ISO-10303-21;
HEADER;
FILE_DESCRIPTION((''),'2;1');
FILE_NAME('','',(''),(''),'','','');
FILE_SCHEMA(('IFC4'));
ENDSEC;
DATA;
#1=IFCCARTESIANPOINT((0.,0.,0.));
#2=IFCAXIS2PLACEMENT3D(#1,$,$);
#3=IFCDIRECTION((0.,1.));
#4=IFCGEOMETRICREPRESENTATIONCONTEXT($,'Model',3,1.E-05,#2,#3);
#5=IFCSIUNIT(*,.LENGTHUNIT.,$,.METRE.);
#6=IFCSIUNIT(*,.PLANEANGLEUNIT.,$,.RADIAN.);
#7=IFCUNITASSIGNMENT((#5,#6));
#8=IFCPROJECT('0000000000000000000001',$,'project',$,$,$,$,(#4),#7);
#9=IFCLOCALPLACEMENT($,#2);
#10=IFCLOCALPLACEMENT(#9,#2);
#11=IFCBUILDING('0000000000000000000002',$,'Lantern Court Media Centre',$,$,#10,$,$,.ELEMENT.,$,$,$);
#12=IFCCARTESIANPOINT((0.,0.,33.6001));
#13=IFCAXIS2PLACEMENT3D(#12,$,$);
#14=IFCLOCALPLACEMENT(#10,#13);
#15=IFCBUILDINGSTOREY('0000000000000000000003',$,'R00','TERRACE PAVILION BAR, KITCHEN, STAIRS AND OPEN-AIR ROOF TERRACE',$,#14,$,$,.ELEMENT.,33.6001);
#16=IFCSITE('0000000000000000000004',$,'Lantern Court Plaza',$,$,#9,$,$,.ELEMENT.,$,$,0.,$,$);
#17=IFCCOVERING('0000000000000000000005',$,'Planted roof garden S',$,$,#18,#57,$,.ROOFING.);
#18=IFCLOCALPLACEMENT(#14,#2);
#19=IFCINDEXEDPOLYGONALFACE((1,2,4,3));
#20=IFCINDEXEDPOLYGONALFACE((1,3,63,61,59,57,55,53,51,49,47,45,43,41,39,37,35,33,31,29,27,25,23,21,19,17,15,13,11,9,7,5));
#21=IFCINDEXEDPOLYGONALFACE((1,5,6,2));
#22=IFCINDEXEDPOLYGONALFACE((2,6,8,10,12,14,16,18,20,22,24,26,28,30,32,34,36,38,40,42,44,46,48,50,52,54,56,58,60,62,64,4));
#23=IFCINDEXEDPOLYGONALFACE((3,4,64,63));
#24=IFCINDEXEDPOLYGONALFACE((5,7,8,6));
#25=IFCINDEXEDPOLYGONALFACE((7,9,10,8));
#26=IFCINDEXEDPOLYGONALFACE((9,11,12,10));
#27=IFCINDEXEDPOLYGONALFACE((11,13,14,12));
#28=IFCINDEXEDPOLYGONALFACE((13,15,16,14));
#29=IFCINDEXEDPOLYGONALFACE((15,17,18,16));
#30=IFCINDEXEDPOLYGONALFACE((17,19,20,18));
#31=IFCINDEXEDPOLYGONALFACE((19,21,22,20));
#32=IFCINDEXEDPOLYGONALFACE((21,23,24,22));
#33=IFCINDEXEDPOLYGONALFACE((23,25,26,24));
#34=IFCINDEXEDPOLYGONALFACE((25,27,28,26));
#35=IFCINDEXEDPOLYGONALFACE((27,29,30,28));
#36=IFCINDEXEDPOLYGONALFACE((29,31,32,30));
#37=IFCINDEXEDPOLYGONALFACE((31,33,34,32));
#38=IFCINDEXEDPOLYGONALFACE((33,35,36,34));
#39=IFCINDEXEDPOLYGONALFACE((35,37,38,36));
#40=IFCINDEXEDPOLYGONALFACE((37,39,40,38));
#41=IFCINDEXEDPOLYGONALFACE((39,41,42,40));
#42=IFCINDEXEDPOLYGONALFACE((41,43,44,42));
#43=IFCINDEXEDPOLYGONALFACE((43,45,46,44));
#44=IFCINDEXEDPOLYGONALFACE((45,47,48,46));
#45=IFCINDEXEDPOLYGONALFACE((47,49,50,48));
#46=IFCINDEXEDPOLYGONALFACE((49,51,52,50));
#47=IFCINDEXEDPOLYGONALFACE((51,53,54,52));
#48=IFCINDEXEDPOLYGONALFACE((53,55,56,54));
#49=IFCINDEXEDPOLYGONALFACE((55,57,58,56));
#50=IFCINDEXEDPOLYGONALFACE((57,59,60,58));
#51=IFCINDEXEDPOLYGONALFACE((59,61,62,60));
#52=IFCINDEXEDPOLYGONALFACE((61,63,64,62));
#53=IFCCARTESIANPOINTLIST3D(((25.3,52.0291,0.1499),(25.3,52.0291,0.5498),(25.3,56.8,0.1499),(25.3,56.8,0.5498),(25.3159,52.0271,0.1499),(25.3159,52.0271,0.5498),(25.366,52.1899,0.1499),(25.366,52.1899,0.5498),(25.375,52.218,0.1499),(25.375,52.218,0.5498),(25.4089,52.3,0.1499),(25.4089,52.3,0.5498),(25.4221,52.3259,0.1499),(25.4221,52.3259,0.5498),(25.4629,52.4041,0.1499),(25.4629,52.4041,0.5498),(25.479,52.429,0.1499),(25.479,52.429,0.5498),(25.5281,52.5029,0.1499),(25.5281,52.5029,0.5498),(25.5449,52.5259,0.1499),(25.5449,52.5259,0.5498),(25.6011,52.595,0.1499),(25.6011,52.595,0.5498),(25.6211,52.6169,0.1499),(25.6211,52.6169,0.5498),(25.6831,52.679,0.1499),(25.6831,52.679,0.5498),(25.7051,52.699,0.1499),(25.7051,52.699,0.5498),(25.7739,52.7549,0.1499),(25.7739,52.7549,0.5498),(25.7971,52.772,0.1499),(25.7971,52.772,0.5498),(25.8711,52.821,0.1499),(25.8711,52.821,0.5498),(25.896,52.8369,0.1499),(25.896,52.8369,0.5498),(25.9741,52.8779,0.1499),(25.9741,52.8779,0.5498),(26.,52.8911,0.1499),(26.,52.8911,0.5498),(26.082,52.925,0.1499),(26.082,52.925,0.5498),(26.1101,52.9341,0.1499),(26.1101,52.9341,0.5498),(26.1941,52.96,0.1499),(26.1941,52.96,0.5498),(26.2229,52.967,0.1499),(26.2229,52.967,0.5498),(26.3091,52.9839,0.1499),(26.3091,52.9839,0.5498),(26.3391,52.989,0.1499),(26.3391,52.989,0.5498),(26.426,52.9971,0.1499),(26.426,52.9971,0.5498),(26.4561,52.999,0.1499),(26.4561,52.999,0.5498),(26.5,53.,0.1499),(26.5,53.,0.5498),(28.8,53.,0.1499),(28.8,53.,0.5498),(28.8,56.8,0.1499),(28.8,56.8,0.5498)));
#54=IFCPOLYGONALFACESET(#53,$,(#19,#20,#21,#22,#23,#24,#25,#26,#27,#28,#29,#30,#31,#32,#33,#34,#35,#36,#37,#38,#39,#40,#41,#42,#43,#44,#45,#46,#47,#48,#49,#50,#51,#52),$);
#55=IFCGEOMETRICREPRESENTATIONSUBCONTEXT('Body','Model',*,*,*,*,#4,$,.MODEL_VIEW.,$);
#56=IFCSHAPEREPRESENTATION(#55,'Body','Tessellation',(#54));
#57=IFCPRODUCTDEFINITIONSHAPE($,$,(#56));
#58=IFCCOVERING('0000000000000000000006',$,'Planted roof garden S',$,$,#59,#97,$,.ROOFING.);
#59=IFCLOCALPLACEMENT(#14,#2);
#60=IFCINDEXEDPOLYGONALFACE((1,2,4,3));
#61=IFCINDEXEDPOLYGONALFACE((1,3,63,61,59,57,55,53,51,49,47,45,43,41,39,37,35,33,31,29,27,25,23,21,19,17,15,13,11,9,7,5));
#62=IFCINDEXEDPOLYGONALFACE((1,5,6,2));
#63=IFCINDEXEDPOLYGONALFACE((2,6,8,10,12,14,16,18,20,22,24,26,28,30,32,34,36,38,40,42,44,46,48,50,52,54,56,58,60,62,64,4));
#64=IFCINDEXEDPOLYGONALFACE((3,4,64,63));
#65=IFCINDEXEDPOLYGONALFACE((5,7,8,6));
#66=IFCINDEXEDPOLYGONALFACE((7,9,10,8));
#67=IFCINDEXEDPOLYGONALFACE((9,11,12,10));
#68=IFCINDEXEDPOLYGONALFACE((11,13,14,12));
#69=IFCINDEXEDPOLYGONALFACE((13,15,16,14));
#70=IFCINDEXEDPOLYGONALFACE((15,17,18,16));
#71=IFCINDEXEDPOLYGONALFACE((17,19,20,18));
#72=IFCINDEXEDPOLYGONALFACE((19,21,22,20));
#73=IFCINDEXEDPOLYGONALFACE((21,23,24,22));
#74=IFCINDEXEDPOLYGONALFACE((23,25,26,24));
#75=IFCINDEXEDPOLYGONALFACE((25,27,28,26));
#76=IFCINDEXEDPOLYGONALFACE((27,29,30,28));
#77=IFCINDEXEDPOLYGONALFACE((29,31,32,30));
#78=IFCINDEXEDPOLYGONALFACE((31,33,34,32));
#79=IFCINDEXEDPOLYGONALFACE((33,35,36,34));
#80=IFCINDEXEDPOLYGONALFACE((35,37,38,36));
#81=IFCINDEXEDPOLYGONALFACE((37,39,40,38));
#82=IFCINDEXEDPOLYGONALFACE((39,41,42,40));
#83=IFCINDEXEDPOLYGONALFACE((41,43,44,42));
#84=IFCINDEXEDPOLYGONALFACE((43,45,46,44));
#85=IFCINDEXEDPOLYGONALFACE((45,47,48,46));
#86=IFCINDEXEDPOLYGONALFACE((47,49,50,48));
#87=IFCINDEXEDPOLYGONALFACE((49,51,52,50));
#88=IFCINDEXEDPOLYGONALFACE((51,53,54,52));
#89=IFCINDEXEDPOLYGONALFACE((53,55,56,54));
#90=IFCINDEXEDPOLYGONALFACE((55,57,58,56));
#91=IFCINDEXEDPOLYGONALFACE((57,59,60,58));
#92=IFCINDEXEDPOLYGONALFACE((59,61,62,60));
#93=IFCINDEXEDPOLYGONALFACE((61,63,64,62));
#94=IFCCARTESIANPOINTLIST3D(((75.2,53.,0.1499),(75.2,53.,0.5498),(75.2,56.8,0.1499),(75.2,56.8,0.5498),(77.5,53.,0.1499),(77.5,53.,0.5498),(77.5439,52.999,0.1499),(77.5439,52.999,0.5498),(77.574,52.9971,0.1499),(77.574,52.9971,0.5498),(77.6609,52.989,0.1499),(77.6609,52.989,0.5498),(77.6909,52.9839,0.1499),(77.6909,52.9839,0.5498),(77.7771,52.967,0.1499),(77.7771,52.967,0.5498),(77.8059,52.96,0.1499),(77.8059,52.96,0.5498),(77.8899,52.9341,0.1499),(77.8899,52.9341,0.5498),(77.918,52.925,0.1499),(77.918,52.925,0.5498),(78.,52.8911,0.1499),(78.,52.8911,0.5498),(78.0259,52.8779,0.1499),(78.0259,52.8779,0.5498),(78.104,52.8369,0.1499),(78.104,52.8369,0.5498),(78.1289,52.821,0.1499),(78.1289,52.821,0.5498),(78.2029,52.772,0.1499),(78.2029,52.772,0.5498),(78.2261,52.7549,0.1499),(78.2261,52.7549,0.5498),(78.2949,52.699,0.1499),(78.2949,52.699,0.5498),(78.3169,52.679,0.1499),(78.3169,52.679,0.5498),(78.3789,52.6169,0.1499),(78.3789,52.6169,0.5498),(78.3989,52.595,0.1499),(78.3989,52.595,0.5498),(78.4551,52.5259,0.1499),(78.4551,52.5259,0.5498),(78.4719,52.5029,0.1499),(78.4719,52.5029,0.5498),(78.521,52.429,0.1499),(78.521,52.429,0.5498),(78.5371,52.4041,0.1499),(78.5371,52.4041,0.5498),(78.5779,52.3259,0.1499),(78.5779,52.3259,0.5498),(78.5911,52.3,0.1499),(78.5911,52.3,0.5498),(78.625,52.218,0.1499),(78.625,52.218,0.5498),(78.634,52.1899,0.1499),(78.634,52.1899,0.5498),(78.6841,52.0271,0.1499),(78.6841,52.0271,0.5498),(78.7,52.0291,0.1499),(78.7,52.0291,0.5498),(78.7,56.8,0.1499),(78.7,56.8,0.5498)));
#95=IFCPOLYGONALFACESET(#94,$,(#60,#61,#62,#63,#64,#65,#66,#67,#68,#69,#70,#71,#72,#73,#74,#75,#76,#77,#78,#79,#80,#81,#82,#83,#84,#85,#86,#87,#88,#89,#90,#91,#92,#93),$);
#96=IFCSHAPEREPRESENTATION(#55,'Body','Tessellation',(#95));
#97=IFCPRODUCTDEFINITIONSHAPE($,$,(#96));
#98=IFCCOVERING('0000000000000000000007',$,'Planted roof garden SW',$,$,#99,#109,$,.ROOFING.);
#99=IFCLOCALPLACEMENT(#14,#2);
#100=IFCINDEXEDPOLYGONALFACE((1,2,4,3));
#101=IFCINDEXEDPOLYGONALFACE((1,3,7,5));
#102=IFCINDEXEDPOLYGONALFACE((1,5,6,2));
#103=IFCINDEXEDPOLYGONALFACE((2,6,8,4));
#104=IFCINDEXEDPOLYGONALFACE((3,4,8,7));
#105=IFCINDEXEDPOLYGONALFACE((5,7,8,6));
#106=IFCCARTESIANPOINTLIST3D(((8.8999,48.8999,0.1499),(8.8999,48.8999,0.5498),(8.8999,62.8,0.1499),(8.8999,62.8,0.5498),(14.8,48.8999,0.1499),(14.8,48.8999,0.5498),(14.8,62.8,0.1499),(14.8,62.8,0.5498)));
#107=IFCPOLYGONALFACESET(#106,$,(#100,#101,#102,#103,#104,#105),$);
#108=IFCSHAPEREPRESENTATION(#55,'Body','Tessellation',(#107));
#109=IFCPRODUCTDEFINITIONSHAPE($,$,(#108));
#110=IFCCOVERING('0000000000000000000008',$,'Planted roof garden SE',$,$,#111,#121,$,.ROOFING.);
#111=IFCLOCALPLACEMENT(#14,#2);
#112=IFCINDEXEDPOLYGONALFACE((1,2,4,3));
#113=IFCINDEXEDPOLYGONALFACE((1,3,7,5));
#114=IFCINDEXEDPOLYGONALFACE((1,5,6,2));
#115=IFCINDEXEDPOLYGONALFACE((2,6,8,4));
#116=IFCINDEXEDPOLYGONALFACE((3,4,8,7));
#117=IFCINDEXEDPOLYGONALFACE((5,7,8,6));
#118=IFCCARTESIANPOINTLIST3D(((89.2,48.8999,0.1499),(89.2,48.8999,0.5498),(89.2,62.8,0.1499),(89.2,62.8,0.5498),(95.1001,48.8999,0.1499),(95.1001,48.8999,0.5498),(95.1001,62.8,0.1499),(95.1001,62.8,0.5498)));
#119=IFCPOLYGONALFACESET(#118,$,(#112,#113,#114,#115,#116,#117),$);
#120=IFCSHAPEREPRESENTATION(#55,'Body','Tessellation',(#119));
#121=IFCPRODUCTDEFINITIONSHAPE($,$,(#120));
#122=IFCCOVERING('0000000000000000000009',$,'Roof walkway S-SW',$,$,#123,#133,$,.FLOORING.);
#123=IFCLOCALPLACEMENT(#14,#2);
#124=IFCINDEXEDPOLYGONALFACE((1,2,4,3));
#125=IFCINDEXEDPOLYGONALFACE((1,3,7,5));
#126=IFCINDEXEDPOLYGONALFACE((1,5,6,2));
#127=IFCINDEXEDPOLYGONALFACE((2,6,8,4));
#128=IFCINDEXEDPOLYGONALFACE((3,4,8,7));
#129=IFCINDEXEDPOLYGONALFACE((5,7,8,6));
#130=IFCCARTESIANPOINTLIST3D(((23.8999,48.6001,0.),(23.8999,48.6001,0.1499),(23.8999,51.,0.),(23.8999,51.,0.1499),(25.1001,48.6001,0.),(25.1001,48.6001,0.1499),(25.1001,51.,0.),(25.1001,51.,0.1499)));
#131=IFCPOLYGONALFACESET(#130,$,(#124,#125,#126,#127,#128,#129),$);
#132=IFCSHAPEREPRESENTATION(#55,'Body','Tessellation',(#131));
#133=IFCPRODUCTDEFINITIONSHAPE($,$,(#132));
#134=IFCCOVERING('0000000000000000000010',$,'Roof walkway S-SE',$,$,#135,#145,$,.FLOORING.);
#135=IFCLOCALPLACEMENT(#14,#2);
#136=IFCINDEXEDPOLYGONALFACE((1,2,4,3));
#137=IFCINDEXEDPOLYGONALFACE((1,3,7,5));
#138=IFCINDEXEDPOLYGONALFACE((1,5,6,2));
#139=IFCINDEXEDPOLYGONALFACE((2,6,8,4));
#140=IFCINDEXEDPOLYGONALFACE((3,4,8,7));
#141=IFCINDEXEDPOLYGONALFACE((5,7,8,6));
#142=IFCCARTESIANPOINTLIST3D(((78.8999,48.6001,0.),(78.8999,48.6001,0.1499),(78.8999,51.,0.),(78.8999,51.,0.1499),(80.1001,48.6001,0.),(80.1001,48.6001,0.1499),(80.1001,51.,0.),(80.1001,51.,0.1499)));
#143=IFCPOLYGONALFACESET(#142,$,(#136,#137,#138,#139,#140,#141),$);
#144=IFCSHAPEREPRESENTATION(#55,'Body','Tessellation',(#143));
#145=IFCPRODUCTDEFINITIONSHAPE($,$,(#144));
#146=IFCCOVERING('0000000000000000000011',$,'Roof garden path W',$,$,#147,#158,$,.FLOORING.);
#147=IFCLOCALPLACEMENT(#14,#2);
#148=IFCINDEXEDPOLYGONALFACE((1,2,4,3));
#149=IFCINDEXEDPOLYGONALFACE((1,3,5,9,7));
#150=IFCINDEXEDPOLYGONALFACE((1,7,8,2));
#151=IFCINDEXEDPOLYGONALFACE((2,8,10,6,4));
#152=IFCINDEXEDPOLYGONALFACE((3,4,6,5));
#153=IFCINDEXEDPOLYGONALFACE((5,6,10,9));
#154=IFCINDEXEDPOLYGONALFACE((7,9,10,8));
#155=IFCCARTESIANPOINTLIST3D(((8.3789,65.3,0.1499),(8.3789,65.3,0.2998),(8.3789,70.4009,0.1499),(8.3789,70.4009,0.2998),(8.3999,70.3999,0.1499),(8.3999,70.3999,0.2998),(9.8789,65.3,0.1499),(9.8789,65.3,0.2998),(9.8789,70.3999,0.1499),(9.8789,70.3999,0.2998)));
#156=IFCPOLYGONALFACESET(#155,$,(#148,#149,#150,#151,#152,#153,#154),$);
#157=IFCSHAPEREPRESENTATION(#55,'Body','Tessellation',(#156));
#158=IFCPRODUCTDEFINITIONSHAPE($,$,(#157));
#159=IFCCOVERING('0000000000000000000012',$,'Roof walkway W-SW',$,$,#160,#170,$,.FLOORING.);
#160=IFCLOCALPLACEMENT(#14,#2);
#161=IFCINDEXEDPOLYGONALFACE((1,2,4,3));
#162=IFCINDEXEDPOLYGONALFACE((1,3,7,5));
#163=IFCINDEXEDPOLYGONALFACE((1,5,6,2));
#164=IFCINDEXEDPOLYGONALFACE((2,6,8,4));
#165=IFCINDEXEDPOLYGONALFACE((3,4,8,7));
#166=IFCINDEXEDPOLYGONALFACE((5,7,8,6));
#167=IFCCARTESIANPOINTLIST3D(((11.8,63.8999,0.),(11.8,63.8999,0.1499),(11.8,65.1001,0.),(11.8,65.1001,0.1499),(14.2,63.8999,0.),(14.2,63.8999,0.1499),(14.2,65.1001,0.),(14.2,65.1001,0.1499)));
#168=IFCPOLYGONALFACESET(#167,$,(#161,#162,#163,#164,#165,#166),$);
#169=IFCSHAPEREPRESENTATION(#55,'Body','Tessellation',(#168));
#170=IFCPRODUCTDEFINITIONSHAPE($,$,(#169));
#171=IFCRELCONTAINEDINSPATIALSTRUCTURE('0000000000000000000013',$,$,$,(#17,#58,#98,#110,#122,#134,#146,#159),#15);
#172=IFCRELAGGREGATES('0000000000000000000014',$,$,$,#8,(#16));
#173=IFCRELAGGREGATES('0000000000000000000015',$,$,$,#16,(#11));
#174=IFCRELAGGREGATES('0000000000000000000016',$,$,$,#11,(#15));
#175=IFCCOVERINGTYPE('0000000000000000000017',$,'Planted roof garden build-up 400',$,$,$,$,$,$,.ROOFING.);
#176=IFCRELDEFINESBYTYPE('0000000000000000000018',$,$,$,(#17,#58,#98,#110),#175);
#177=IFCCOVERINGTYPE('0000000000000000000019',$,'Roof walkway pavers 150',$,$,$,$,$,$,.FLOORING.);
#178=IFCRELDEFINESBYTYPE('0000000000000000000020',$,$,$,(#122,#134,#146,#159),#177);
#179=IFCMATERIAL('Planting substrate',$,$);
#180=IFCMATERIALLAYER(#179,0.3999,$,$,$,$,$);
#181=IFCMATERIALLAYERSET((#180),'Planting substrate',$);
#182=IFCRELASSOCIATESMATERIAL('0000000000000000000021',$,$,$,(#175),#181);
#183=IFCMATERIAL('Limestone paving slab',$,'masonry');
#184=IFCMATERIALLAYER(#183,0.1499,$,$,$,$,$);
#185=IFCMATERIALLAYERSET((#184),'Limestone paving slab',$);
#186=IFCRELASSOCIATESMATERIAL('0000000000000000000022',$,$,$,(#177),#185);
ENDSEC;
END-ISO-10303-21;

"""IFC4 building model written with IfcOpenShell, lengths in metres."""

from ifc_helpers import new_model, si_unit, direction, frame, origin, place, context, subcontext, project, spatial, polyline, outline, extrude, material, layer, layer_set, type_object, element, save


model = new_model("IFC4")

# Units and contexts
model_context = context("Model", 3, precision=1e-05, world=origin(), true_north=direction((0.0, 1.0)))
body_context = subcontext(model_context, "Body", "Model", "MODEL_VIEW")
ifc_project = project(units=[si_unit("LENGTHUNIT", "METRE"), si_unit("PLANEANGLEUNIT", "RADIAN")], contexts=[model_context])

# Site, building, storey
site_placement = place(None, origin())
site = spatial("IfcSite", under=ifc_project, at=site_placement, Name="Lantern Court Plaza", CompositionType="ELEMENT", RefElevation=0.0)
building_placement = place(site_placement, origin())
building = spatial("IfcBuilding", under=site, at=building_placement, Name="Lantern Court Media Centre", CompositionType="ELEMENT")
storey_placement = place(building_placement, frame((0.0, 0.0, 33.6001)))
storey = spatial("IfcBuildingStorey", under=building, at=storey_placement, Name="R00", Description="TERRACE PAVILION BAR, KITCHEN, STAIRS AND OPEN-AIR ROOF TERRACE", CompositionType="ELEMENT", Elevation=33.6001)

# Coverings
ifc_material_1 = material(Name="Planting substrate")
ifc_layer_1 = layer(ifc_material_1, 0.3999)
ifc_layer_set_1 = layer_set([ifc_layer_1], Name="Planting substrate")
covering_type_1 = type_object("IfcCoveringType", Name="Planted roof garden build-up 400", PredefinedType="ROOFING", material=ifc_layer_set_1)
covering_1_placement = place(storey_placement, frame((0.0, 0.0, 0.1499)))
element("IfcCovering", 1, at=covering_1_placement, inside=storey, type_object=covering_type_1, Name="Planted roof garden S", PredefinedType="ROOFING", context=body_context, shape_type="SweptSolid", body=[
    extrude(outline(polyline([(28.8, 56.8), (28.8, 53.0), (26.5, 53.0), (26.4561, 52.999), (26.426, 52.9971), (26.3391, 52.989), (26.3091, 52.9839), (26.2229, 52.967), (26.1941, 52.96), (26.1101, 52.9341), (26.082, 52.925), (26.0, 52.8911), (25.9741, 52.8779), (25.896, 52.8369), (25.8711, 52.821), (25.7971, 52.772), (25.7739, 52.7549), (25.7051, 52.699), (25.6831, 52.679), (25.6211, 52.6169), (25.6011, 52.595), (25.5449, 52.5259), (25.5281, 52.5029), (25.479, 52.429), (25.4629, 52.4041), (25.4221, 52.3259), (25.4089, 52.3), (25.375, 52.218), (25.366, 52.1899), (25.3159, 52.0271), (25.3, 52.0291), (25.3, 56.8), (28.8, 56.8)])), origin(), (0.0, 0.0, 1.0), 0.3999),
])
covering_2_placement = place(storey_placement, frame((0.0, 0.0, 0.1499)))
element("IfcCovering", 2, at=covering_2_placement, inside=storey, type_object=covering_type_1, Name="Planted roof garden S", PredefinedType="ROOFING", context=body_context, shape_type="SweptSolid", body=[
    extrude(outline(polyline([(78.625, 52.218), (78.5911, 52.3), (78.5779, 52.3259), (78.5371, 52.4041), (78.521, 52.429), (78.4719, 52.5029), (78.4551, 52.5259), (78.3989, 52.595), (78.3789, 52.6169), (78.3169, 52.679), (78.2949, 52.699), (78.2261, 52.7549), (78.2029, 52.772), (78.1289, 52.821), (78.104, 52.8369), (78.0259, 52.8779), (78.0, 52.8911), (77.918, 52.925), (77.8899, 52.9341), (77.8059, 52.96), (77.7771, 52.967), (77.6909, 52.9839), (77.6609, 52.989), (77.574, 52.9971), (77.5439, 52.999), (77.5, 53.0), (75.2, 53.0), (75.2, 56.8), (78.7, 56.8), (78.7, 52.0291), (78.6841, 52.0271), (78.634, 52.1899), (78.625, 52.218)])), origin(), (0.0, 0.0, 1.0), 0.3999),
])
covering_3_placement = place(storey_placement, frame((0.0, 0.0, 0.1499)))
element("IfcCovering", 3, at=covering_3_placement, inside=storey, type_object=covering_type_1, Name="Planted roof garden SW", PredefinedType="ROOFING", context=body_context, shape_type="SweptSolid", body=[
    extrude(outline(polyline([(14.8, 62.8), (14.8, 48.8999), (8.8999, 48.8999), (8.8999, 62.8), (14.8, 62.8)])), origin(), (0.0, 0.0, 1.0), 0.3999),
])
covering_4_placement = place(storey_placement, frame((0.0, 0.0, 0.1499)))
element("IfcCovering", 4, at=covering_4_placement, inside=storey, type_object=covering_type_1, Name="Planted roof garden SE", PredefinedType="ROOFING", context=body_context, shape_type="SweptSolid", body=[
    extrude(outline(polyline([(89.2, 48.8999), (89.2, 62.8), (95.1001, 62.8), (95.1001, 48.8999), (89.2, 48.8999)])), origin(), (0.0, 0.0, 1.0), 0.3999),
])
ifc_material_2 = material(Name="Limestone paving slab", Category="masonry")
ifc_layer_2 = layer(ifc_material_2, 0.1499)
ifc_layer_set_2 = layer_set([ifc_layer_2], Name="Limestone paving slab")
covering_type_2 = type_object("IfcCoveringType", Name="Roof walkway pavers 150", PredefinedType="FLOORING", material=ifc_layer_set_2)
covering_5_placement = place(storey_placement, origin())
element("IfcCovering", 5, at=covering_5_placement, inside=storey, type_object=covering_type_2, Name="Roof walkway S-SW", PredefinedType="FLOORING", context=body_context, shape_type="SweptSolid", body=[
    extrude(outline(polyline([(23.8999, 48.6001), (23.8999, 51.0), (25.1001, 51.0), (25.1001, 48.6001), (23.8999, 48.6001)])), origin(), (0.0, 0.0, 1.0), 0.1499),
])
covering_6_placement = place(storey_placement, origin())
element("IfcCovering", 6, at=covering_6_placement, inside=storey, type_object=covering_type_2, Name="Roof walkway S-SE", PredefinedType="FLOORING", context=body_context, shape_type="SweptSolid", body=[
    extrude(outline(polyline([(78.8999, 48.6001), (78.8999, 51.0), (80.1001, 51.0), (80.1001, 48.6001), (78.8999, 48.6001)])), origin(), (0.0, 0.0, 1.0), 0.1499),
])
covering_7_placement = place(storey_placement, frame((0.0, 0.0, 0.1499)))
element("IfcCovering", 7, at=covering_7_placement, inside=storey, type_object=covering_type_2, Name="Roof garden path W", PredefinedType="FLOORING", context=body_context, shape_type="SweptSolid", body=[
    extrude(outline(polyline([(8.3999, 70.3999), (9.8789, 70.3999), (9.8789, 65.3), (8.3789, 65.3), (8.3789, 70.4009), (8.3999, 70.3999)])), origin(), (0.0, 0.0, 1.0), 0.1499),
])
covering_8_placement = place(storey_placement, origin())
element("IfcCovering", 8, at=covering_8_placement, inside=storey, type_object=covering_type_2, Name="Roof walkway W-SW", PredefinedType="FLOORING", context=body_context, shape_type="SweptSolid", body=[
    extrude(outline(polyline([(11.8, 63.8999), (11.8, 65.1001), (14.2, 65.1001), (14.2, 63.8999), (11.8, 63.8999)])), origin(), (0.0, 0.0, 1.0), 0.1499),
])

save(model, "model.ifc")
